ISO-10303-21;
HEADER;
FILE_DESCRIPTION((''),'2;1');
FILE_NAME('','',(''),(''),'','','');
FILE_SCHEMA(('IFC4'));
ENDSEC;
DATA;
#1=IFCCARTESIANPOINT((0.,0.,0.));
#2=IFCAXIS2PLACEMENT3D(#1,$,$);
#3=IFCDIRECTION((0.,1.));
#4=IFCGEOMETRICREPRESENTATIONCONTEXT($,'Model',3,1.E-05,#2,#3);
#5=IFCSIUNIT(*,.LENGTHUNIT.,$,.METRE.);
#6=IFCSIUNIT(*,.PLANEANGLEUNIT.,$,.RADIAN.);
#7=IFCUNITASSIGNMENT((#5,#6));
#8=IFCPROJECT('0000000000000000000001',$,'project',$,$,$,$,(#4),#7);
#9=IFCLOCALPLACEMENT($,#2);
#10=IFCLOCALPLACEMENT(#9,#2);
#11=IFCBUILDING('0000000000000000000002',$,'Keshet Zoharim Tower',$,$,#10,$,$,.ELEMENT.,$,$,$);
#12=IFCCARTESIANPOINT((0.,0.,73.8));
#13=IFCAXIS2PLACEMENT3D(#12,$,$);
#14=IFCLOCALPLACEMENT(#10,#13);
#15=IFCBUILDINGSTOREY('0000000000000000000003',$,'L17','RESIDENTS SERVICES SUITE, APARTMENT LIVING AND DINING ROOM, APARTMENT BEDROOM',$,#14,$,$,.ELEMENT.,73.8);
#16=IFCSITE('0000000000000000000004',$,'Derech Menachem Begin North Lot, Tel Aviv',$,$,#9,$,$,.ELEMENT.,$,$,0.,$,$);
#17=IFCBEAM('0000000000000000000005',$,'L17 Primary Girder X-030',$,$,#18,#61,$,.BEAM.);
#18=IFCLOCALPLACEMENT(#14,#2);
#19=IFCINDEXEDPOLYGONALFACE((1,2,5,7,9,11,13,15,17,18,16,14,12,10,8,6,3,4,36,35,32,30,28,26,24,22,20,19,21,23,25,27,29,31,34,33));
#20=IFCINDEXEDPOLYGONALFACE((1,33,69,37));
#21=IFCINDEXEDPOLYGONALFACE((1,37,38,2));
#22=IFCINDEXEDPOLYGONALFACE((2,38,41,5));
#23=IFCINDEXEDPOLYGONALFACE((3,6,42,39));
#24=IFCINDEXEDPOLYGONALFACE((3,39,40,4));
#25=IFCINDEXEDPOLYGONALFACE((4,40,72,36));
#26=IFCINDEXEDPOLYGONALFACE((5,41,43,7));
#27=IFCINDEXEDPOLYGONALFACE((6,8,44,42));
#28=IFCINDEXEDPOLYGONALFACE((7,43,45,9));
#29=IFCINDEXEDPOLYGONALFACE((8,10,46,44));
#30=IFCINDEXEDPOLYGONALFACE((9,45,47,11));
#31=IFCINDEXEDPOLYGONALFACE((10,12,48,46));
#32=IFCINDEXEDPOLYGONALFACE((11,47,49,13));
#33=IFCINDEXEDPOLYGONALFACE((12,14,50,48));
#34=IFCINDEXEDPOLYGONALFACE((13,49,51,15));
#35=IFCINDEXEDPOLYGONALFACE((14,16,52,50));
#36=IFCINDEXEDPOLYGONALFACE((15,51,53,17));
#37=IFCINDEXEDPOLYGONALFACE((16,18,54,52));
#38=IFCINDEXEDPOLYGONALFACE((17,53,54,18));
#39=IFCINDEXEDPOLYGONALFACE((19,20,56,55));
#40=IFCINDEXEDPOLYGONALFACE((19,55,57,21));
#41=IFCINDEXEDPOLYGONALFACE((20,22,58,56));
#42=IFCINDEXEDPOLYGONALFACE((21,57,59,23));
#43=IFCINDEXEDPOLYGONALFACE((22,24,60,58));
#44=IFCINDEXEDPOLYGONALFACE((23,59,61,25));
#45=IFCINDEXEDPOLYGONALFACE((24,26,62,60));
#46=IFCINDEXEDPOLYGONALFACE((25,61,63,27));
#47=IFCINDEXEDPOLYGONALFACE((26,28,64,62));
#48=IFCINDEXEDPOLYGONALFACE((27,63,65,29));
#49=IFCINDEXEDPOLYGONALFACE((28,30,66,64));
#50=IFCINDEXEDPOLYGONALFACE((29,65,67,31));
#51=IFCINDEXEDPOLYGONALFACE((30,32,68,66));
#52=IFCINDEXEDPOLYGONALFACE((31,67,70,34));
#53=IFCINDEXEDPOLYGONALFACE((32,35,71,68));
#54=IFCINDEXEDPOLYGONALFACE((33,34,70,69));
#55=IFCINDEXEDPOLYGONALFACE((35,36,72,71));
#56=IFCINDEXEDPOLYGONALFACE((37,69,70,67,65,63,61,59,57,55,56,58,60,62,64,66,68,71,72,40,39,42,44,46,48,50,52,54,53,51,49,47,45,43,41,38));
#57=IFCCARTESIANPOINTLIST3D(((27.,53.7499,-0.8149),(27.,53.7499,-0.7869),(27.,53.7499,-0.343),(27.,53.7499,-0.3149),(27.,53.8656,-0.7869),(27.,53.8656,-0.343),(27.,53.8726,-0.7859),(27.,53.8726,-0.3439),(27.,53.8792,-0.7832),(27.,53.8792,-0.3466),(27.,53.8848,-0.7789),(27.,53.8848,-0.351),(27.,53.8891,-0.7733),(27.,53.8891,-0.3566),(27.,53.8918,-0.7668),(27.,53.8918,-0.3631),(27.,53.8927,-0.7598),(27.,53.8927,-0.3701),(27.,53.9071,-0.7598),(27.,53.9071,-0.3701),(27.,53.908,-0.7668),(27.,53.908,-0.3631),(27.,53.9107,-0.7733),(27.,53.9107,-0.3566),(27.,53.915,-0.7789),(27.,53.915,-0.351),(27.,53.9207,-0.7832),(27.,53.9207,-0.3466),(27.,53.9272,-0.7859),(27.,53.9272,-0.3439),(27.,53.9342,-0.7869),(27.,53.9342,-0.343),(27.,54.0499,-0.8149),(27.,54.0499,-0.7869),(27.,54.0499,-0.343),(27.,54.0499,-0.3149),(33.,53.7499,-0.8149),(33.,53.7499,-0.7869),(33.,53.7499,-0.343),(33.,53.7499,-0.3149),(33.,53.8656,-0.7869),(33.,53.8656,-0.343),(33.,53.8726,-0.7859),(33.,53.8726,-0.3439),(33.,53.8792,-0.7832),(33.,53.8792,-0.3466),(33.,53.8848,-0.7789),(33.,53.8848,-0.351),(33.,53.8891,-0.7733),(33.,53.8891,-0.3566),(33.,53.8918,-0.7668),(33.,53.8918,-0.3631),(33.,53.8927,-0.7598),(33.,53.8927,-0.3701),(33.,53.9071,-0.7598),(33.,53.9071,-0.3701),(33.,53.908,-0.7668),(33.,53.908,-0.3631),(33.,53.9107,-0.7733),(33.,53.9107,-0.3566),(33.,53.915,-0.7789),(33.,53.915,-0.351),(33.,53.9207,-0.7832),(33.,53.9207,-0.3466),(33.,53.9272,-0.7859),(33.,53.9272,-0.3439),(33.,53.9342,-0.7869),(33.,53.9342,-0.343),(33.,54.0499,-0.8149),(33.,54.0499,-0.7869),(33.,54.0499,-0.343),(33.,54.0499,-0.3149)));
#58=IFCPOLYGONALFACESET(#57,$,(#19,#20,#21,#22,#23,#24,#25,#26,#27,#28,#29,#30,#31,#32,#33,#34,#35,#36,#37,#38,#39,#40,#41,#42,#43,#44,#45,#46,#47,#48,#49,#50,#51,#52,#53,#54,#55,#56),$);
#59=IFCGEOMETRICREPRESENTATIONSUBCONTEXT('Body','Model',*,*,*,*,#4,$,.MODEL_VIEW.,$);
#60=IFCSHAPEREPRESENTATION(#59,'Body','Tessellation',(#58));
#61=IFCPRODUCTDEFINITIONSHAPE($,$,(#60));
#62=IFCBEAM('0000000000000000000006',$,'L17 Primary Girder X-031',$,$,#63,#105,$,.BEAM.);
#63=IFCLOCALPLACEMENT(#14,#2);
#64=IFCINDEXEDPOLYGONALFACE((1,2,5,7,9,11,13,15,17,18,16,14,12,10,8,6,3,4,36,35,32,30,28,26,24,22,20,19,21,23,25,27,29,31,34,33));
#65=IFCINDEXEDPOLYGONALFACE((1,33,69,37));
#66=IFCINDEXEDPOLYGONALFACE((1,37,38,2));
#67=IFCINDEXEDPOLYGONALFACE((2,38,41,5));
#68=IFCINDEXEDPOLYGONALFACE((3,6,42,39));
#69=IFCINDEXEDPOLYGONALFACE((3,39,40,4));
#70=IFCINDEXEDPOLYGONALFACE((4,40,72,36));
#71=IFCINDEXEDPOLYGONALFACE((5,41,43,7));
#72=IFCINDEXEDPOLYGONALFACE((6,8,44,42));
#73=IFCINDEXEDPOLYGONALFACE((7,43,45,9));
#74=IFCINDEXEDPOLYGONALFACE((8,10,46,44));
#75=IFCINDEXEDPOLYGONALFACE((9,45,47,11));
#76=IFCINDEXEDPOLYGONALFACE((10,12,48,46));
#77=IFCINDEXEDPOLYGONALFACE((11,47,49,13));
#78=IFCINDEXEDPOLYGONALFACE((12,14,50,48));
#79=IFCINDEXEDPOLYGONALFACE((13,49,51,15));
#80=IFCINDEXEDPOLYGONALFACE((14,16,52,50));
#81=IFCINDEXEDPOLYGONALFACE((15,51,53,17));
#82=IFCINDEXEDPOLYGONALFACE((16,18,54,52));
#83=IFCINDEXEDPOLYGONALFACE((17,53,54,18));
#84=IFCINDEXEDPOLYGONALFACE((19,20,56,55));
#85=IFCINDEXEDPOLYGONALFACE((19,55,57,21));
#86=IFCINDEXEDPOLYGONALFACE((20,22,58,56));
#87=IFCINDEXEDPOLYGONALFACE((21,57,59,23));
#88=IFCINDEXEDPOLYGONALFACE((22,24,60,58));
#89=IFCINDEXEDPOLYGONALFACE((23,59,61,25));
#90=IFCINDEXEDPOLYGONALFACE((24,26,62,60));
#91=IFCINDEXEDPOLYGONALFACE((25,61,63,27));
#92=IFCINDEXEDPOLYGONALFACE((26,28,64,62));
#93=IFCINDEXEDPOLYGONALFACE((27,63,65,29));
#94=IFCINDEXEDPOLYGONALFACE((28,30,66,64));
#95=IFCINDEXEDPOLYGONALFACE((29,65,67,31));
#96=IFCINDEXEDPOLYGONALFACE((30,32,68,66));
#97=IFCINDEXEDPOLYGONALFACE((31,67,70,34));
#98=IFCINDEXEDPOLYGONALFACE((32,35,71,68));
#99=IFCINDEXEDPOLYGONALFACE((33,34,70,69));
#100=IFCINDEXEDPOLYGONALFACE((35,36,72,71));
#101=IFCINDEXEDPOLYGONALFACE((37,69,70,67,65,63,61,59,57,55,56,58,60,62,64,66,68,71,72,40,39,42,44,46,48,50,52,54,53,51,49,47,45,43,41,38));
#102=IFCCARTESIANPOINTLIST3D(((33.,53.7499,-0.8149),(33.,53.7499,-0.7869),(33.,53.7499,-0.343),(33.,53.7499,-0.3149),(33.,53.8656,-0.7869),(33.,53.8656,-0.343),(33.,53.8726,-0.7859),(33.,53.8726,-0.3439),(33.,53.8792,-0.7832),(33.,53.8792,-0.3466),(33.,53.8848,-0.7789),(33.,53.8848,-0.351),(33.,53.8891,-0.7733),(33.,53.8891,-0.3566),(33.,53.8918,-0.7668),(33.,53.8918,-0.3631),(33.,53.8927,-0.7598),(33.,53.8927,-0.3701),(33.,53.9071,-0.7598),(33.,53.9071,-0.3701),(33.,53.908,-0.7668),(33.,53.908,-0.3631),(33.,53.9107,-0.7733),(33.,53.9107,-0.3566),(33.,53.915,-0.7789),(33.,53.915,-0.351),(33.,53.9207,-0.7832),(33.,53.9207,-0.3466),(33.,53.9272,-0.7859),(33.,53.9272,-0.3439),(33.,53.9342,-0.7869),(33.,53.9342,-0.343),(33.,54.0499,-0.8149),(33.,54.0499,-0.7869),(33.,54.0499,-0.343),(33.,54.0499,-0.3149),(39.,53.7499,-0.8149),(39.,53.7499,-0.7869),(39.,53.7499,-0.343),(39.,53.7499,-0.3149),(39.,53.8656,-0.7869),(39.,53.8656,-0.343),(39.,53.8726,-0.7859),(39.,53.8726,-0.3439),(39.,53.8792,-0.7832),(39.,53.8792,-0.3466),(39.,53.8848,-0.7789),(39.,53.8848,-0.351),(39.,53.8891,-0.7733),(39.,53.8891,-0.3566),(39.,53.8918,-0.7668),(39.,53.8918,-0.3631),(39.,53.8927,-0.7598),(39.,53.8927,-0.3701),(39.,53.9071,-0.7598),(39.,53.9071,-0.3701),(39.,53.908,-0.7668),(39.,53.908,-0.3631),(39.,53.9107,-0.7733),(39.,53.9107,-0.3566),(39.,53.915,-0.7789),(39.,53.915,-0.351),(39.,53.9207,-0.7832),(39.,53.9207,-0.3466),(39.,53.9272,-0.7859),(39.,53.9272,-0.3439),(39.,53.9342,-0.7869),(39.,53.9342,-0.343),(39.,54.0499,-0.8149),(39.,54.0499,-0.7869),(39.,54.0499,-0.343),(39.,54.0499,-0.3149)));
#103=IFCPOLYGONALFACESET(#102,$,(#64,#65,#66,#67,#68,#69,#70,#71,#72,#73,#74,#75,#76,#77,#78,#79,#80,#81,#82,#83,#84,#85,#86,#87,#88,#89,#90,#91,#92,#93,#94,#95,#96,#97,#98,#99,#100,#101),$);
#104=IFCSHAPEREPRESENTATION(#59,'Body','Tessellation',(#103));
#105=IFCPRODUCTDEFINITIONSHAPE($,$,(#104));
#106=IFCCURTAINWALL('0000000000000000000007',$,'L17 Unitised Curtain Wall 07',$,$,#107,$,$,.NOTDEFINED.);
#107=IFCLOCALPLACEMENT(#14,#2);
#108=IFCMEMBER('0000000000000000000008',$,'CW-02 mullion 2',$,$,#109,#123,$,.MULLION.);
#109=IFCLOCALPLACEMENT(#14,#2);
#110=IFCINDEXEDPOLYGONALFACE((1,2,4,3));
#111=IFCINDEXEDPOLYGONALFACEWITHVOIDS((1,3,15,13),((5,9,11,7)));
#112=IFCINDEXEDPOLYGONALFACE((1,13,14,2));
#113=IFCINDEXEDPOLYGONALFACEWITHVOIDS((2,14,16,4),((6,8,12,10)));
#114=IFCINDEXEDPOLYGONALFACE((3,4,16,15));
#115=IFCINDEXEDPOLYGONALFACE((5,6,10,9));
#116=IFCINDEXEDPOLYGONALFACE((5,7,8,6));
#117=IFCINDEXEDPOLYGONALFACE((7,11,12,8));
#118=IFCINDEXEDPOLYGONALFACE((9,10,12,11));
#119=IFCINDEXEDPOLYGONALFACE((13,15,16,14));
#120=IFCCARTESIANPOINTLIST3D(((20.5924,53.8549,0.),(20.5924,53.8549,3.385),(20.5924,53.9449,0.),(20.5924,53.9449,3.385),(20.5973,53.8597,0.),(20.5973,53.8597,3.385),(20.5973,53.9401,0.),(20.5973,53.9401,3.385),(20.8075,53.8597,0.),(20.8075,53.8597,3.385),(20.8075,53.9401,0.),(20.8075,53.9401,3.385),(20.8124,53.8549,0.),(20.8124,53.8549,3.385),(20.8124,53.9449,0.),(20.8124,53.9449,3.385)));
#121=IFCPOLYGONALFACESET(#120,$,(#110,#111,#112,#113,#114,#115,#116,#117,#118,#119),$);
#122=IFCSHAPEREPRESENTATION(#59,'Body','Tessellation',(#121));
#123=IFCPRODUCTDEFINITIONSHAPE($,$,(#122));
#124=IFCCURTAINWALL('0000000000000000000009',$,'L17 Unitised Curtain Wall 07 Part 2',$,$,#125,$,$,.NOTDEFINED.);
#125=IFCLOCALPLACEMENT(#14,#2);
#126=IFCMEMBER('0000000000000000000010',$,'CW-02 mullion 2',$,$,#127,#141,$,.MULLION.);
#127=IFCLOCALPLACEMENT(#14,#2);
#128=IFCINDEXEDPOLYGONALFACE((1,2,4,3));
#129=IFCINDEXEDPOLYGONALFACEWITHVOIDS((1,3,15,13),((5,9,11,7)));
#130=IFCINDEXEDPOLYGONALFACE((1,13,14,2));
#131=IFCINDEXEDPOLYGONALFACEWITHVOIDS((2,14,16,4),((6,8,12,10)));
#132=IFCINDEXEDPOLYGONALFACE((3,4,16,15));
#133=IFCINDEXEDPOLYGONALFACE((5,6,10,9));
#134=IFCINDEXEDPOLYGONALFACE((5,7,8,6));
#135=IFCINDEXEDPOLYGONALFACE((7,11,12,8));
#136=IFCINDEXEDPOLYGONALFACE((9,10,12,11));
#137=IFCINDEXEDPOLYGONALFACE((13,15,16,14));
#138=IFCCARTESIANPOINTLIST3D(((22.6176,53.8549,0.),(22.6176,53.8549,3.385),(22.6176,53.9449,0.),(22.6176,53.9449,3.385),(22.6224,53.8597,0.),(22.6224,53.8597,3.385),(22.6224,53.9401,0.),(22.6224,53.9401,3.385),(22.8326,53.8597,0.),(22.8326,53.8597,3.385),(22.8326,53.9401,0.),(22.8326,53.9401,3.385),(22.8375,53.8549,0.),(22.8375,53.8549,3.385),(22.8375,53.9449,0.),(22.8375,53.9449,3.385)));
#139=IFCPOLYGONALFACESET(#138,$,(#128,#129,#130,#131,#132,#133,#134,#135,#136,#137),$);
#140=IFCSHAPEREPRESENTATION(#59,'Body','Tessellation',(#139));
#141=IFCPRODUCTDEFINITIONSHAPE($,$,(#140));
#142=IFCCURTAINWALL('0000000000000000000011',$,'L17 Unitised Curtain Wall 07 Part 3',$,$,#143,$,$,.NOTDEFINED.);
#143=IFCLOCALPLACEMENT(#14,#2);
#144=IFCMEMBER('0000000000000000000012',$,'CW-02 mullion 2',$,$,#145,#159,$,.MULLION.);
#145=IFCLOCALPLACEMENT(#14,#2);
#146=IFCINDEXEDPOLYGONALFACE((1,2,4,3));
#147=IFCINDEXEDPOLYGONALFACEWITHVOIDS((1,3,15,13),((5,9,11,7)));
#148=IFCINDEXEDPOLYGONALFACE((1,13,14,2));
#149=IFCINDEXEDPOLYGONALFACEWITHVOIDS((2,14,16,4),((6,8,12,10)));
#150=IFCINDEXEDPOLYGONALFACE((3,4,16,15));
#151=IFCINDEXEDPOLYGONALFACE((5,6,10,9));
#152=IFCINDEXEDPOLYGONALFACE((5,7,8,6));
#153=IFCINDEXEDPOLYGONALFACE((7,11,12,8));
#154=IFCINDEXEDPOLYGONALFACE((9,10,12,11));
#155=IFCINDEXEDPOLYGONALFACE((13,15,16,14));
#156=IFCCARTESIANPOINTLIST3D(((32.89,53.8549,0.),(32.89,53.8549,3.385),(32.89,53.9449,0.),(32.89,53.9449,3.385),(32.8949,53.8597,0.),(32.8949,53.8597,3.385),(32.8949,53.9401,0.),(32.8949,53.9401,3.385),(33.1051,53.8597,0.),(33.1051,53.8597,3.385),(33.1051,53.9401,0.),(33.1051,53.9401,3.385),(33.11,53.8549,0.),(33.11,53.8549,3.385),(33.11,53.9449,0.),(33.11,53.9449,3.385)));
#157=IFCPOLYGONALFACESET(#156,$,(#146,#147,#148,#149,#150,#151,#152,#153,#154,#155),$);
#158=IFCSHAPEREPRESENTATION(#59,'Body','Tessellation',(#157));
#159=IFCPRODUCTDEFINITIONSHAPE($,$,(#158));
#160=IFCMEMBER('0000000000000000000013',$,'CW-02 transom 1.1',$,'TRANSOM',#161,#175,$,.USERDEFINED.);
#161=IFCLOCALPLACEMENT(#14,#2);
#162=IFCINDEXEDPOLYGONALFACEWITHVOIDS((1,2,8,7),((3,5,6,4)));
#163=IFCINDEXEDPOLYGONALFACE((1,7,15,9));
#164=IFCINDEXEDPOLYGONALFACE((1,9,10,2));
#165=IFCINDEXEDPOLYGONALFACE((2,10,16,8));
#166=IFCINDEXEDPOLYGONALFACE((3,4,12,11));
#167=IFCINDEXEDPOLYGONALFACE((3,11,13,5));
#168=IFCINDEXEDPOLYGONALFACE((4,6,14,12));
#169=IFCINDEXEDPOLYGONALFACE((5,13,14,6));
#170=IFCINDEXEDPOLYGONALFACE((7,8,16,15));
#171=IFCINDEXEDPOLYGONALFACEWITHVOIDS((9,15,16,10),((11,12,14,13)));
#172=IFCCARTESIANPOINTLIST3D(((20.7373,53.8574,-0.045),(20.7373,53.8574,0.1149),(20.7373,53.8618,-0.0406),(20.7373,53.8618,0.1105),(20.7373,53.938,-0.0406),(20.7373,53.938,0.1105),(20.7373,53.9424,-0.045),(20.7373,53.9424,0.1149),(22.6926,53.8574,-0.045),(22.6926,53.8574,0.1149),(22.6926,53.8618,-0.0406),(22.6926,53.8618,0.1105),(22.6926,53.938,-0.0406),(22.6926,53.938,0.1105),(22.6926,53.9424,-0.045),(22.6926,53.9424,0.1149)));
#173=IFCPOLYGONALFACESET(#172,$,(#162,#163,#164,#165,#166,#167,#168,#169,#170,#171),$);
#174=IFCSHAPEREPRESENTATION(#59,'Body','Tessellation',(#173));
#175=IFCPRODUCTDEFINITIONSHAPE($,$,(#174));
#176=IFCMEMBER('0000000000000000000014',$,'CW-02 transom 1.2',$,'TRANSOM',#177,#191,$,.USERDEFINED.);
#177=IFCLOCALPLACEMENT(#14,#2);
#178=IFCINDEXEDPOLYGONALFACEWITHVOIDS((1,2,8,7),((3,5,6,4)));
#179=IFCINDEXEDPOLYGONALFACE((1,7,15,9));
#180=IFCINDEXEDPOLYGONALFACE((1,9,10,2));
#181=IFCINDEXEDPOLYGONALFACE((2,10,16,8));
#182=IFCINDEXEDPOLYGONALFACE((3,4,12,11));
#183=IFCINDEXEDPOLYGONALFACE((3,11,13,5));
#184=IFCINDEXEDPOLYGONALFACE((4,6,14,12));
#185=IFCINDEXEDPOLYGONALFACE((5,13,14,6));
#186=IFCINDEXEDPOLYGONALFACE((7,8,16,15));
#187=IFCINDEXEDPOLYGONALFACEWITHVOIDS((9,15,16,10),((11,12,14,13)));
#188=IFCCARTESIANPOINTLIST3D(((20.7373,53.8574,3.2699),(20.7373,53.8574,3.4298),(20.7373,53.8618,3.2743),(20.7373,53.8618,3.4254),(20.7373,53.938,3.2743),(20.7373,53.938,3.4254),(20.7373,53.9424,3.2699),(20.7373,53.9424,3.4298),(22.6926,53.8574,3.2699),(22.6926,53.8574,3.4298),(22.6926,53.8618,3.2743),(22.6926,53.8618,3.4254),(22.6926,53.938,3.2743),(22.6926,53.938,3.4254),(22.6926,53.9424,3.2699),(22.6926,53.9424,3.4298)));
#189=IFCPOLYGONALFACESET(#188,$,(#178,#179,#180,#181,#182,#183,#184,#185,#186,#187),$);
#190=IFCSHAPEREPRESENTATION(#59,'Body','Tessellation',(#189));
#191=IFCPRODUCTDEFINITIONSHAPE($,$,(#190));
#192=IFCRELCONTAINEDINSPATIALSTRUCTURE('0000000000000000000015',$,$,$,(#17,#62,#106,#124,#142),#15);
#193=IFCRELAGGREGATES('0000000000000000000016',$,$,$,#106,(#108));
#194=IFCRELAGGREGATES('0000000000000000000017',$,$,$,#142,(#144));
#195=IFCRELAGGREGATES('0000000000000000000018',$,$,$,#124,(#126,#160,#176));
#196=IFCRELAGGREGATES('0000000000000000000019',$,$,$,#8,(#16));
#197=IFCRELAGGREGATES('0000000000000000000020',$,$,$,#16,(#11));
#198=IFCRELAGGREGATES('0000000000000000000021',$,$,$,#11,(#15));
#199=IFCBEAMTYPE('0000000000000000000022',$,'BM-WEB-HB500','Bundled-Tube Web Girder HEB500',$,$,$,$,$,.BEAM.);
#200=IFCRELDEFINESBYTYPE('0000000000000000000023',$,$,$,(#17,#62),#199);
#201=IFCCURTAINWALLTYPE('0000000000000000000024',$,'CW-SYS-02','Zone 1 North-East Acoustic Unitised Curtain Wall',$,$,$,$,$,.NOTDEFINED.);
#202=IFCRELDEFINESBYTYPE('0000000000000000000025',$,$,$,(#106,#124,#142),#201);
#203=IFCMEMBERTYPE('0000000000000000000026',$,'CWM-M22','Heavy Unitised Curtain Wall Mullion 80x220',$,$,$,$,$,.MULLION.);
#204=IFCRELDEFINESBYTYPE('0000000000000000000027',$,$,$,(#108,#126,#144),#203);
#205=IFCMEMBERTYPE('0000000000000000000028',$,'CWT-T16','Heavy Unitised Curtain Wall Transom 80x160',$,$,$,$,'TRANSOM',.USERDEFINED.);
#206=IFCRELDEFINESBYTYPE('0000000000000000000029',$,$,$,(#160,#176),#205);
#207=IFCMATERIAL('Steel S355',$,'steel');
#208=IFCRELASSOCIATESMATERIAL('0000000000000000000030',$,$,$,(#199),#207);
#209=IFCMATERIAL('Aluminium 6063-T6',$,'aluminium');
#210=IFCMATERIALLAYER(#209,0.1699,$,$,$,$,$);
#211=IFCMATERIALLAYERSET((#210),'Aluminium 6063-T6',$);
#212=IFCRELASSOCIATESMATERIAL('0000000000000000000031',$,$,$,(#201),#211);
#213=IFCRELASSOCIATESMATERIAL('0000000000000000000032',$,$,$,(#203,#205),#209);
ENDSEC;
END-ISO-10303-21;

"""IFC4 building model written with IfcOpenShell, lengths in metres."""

from ifc_helpers import new_model, si_unit, direction, frame, origin, origin_2d, place, context, subcontext, project, spatial, hollow_rectangle, i_section, extrude, material, layer, layer_set, material_profile, profile_set, type_object, element, aggregate, save


model = new_model("IFC4")

# Units and contexts
model_context = context("Model", 3, precision=1e-05, world=origin(), true_north=direction((0.0, 1.0)))
body_context = subcontext(model_context, "Body", "Model", "MODEL_VIEW")
ifc_project = project(units=[si_unit("LENGTHUNIT", "METRE"), si_unit("PLANEANGLEUNIT", "RADIAN")], contexts=[model_context])

# Site, building, storey
site_placement = place(None, origin())
site = spatial("IfcSite", under=ifc_project, at=site_placement, Name="Derech Menachem Begin North Lot, Tel Aviv", CompositionType="ELEMENT", RefElevation=0.0)
building_placement = place(site_placement, origin())
building = spatial("IfcBuilding", under=site, at=building_placement, Name="Keshet Zoharim Tower", CompositionType="ELEMENT")
storey_placement = place(building_placement, frame((0.0, 0.0, 73.8)))
storey = spatial("IfcBuildingStorey", under=building, at=storey_placement, Name="L17", Description="RESIDENTS SERVICES SUITE, APARTMENT LIVING AND DINING ROOM, APARTMENT BEDROOM", CompositionType="ELEMENT", Elevation=73.8)

# Shared definitions
ifc_material_1 = material(Name="Steel S355", Category="steel")

# Beams
ifc_material_profile_1 = material_profile(ifc_material_1, i_section(OverallWidth=0.3, OverallDepth=0.5, WebThickness=0.0144, FlangeThickness=0.0281, FilletRadius=0.0271, at=origin_2d()), Name="HEB500")
ifc_profile_set_1 = profile_set([ifc_material_profile_1], Name="Steel S355")
beam_type = type_object("IfcBeamType", Name="BM-WEB-HB500", Description="Bundled-Tube Web Girder HEB500", PredefinedType="BEAM", material=ifc_profile_set_1)
for number, where, z_axis, x_axis, name in (
    (1, (27.0, 53.8999, -0.5649), (1.0, 0.0, 0.0), (0.0, 1.0, 0.0), "L17 Primary Girder X-030"),
    (2, (33.0, 53.8999, -0.5649), (1.0, 0.0, 0.0), (0.0, 1.0, 0.0), "L17 Primary Girder X-031"),
):
    element("IfcBeam", number, at=place(storey_placement, frame(where, z_axis=z_axis, x_axis=x_axis)), inside=storey, type_object=beam_type, Name=name, PredefinedType="BEAM", context=body_context, shape_type="SweptSolid", body=[
        extrude(i_section(OverallWidth=0.3, OverallDepth=0.5, WebThickness=0.0144, FlangeThickness=0.0281, FilletRadius=0.0271, at=origin_2d()), origin(), (0.0, 0.0, 1.0), 6.0),
    ])

# Curtain walls, members
ifc_material_2 = material(Name="Aluminium 6063-T6", Category="aluminium")
ifc_layer_1 = layer(ifc_material_2, 0.1699)
ifc_layer_set_1 = layer_set([ifc_layer_1], Name="Aluminium 6063-T6")
curtain_wall_type = type_object("IfcCurtainWallType", Name="CW-SYS-02", Description="Zone 1 North-East Acoustic Unitised Curtain Wall", PredefinedType="NOTDEFINED", material=ifc_layer_set_1)
curtain_wall_1_placement = place(storey_placement, origin())
curtain_wall_1 = element("IfcCurtainWall", 3, at=curtain_wall_1_placement, inside=storey, type_object=curtain_wall_type, Name="L17 Unitised Curtain Wall 07", PredefinedType="NOTDEFINED")
ifc_material_profile_2 = material_profile(ifc_material_2, hollow_rectangle(XDim=0.0901, YDim=0.22, WallThickness=0.0049, at=origin_2d()), Name="MUL-90x220")
ifc_profile_set_2 = profile_set([ifc_material_profile_2], Name="Aluminium 6063-T6")
member_type_1 = type_object("IfcMemberType", Name="CWM-M22", Description="Heavy Unitised Curtain Wall Mullion 80x220", PredefinedType="MULLION", material=ifc_profile_set_2)
member_1_placement = place(storey_placement, frame((20.7024, 53.8999, 0.0), z_axis=(0.0, 0.0, 1.0), x_axis=(0.0, 1.0, 0.0)))
member_1 = element("IfcMember", 4, at=member_1_placement, type_object=member_type_1, Name="CW-02 mullion 2", PredefinedType="MULLION", context=body_context, shape_type="SweptSolid", body=[
    extrude(hollow_rectangle(XDim=0.0901, YDim=0.22, WallThickness=0.0049, at=origin_2d()), origin(), (0.0, 0.0, 1.0), 3.385),
])
aggregate(curtain_wall_1, [member_1])
curtain_wall_2_placement = place(storey_placement, origin())
curtain_wall_2 = element("IfcCurtainWall", 5, at=curtain_wall_2_placement, inside=storey, type_object=curtain_wall_type, Name="L17 Unitised Curtain Wall 07 Part 2", PredefinedType="NOTDEFINED")
member_2_placement = place(storey_placement, frame((22.7275, 53.8999, 0.0), z_axis=(0.0, 0.0, 1.0), x_axis=(0.0, 1.0, 0.0)))
member_2 = element("IfcMember", 6, at=member_2_placement, type_object=member_type_1, Name="CW-02 mullion 2", PredefinedType="MULLION", context=body_context, shape_type="SweptSolid", body=[
    extrude(hollow_rectangle(XDim=0.0901, YDim=0.22, WallThickness=0.0049, at=origin_2d()), origin(), (0.0, 0.0, 1.0), 3.385),
])
curtain_wall_3_placement = place(storey_placement, origin())
curtain_wall_3 = element("IfcCurtainWall", 7, at=curtain_wall_3_placement, inside=storey, type_object=curtain_wall_type, Name="L17 Unitised Curtain Wall 07 Part 3", PredefinedType="NOTDEFINED")
member_3_placement = place(storey_placement, frame((33.0, 53.8999, 0.0), z_axis=(0.0, 0.0, 1.0), x_axis=(0.0, 1.0, 0.0)))
member_3 = element("IfcMember", 8, at=member_3_placement, type_object=member_type_1, Name="CW-02 mullion 2", PredefinedType="MULLION", context=body_context, shape_type="SweptSolid", body=[
    extrude(hollow_rectangle(XDim=0.0901, YDim=0.22, WallThickness=0.0049, at=origin_2d()), origin(), (0.0, 0.0, 1.0), 3.385),
])

# Members
ifc_material_profile_3 = material_profile(ifc_material_2, hollow_rectangle(XDim=0.085, YDim=0.1599, WallThickness=0.0044, at=origin_2d()), Name="TRN-85x160")
ifc_profile_set_3 = profile_set([ifc_material_profile_3], Name="Aluminium 6063-T6")
member_type_2 = type_object("IfcMemberType", Name="CWT-T16", Description="Heavy Unitised Curtain Wall Transom 80x160", ElementType="TRANSOM", PredefinedType="USERDEFINED", material=ifc_profile_set_3)
member_4_placement = place(storey_placement, frame((20.7373, 53.8999, 0.0349), z_axis=(1.0, 0.0, 0.0), x_axis=(0.0, 1.0, 0.0)))
member_4 = element("IfcMember", 9, at=member_4_placement, type_object=member_type_2, Name="CW-02 transom 1.1", ObjectType="TRANSOM", PredefinedType="USERDEFINED", context=body_context, shape_type="SweptSolid", body=[
    extrude(hollow_rectangle(XDim=0.085, YDim=0.1599, WallThickness=0.0044, at=origin_2d()), origin(), (0.0, 0.0, 1.0), 1.9553),
])
member_5_placement = place(storey_placement, frame((20.7373, 53.8999, 3.3499), z_axis=(1.0, 0.0, 0.0), x_axis=(0.0, 1.0, 0.0)))
member_5 = element("IfcMember", 10, at=member_5_placement, type_object=member_type_2, Name="CW-02 transom 1.2", ObjectType="TRANSOM", PredefinedType="USERDEFINED", context=body_context, shape_type="SweptSolid", body=[
    extrude(hollow_rectangle(XDim=0.085, YDim=0.1599, WallThickness=0.0044, at=origin_2d()), origin(), (0.0, 0.0, 1.0), 1.9553),
])

aggregate(curtain_wall_3, [member_3])
aggregate(curtain_wall_2, [member_2, member_4, member_5])

save(model, "model.ifc")
